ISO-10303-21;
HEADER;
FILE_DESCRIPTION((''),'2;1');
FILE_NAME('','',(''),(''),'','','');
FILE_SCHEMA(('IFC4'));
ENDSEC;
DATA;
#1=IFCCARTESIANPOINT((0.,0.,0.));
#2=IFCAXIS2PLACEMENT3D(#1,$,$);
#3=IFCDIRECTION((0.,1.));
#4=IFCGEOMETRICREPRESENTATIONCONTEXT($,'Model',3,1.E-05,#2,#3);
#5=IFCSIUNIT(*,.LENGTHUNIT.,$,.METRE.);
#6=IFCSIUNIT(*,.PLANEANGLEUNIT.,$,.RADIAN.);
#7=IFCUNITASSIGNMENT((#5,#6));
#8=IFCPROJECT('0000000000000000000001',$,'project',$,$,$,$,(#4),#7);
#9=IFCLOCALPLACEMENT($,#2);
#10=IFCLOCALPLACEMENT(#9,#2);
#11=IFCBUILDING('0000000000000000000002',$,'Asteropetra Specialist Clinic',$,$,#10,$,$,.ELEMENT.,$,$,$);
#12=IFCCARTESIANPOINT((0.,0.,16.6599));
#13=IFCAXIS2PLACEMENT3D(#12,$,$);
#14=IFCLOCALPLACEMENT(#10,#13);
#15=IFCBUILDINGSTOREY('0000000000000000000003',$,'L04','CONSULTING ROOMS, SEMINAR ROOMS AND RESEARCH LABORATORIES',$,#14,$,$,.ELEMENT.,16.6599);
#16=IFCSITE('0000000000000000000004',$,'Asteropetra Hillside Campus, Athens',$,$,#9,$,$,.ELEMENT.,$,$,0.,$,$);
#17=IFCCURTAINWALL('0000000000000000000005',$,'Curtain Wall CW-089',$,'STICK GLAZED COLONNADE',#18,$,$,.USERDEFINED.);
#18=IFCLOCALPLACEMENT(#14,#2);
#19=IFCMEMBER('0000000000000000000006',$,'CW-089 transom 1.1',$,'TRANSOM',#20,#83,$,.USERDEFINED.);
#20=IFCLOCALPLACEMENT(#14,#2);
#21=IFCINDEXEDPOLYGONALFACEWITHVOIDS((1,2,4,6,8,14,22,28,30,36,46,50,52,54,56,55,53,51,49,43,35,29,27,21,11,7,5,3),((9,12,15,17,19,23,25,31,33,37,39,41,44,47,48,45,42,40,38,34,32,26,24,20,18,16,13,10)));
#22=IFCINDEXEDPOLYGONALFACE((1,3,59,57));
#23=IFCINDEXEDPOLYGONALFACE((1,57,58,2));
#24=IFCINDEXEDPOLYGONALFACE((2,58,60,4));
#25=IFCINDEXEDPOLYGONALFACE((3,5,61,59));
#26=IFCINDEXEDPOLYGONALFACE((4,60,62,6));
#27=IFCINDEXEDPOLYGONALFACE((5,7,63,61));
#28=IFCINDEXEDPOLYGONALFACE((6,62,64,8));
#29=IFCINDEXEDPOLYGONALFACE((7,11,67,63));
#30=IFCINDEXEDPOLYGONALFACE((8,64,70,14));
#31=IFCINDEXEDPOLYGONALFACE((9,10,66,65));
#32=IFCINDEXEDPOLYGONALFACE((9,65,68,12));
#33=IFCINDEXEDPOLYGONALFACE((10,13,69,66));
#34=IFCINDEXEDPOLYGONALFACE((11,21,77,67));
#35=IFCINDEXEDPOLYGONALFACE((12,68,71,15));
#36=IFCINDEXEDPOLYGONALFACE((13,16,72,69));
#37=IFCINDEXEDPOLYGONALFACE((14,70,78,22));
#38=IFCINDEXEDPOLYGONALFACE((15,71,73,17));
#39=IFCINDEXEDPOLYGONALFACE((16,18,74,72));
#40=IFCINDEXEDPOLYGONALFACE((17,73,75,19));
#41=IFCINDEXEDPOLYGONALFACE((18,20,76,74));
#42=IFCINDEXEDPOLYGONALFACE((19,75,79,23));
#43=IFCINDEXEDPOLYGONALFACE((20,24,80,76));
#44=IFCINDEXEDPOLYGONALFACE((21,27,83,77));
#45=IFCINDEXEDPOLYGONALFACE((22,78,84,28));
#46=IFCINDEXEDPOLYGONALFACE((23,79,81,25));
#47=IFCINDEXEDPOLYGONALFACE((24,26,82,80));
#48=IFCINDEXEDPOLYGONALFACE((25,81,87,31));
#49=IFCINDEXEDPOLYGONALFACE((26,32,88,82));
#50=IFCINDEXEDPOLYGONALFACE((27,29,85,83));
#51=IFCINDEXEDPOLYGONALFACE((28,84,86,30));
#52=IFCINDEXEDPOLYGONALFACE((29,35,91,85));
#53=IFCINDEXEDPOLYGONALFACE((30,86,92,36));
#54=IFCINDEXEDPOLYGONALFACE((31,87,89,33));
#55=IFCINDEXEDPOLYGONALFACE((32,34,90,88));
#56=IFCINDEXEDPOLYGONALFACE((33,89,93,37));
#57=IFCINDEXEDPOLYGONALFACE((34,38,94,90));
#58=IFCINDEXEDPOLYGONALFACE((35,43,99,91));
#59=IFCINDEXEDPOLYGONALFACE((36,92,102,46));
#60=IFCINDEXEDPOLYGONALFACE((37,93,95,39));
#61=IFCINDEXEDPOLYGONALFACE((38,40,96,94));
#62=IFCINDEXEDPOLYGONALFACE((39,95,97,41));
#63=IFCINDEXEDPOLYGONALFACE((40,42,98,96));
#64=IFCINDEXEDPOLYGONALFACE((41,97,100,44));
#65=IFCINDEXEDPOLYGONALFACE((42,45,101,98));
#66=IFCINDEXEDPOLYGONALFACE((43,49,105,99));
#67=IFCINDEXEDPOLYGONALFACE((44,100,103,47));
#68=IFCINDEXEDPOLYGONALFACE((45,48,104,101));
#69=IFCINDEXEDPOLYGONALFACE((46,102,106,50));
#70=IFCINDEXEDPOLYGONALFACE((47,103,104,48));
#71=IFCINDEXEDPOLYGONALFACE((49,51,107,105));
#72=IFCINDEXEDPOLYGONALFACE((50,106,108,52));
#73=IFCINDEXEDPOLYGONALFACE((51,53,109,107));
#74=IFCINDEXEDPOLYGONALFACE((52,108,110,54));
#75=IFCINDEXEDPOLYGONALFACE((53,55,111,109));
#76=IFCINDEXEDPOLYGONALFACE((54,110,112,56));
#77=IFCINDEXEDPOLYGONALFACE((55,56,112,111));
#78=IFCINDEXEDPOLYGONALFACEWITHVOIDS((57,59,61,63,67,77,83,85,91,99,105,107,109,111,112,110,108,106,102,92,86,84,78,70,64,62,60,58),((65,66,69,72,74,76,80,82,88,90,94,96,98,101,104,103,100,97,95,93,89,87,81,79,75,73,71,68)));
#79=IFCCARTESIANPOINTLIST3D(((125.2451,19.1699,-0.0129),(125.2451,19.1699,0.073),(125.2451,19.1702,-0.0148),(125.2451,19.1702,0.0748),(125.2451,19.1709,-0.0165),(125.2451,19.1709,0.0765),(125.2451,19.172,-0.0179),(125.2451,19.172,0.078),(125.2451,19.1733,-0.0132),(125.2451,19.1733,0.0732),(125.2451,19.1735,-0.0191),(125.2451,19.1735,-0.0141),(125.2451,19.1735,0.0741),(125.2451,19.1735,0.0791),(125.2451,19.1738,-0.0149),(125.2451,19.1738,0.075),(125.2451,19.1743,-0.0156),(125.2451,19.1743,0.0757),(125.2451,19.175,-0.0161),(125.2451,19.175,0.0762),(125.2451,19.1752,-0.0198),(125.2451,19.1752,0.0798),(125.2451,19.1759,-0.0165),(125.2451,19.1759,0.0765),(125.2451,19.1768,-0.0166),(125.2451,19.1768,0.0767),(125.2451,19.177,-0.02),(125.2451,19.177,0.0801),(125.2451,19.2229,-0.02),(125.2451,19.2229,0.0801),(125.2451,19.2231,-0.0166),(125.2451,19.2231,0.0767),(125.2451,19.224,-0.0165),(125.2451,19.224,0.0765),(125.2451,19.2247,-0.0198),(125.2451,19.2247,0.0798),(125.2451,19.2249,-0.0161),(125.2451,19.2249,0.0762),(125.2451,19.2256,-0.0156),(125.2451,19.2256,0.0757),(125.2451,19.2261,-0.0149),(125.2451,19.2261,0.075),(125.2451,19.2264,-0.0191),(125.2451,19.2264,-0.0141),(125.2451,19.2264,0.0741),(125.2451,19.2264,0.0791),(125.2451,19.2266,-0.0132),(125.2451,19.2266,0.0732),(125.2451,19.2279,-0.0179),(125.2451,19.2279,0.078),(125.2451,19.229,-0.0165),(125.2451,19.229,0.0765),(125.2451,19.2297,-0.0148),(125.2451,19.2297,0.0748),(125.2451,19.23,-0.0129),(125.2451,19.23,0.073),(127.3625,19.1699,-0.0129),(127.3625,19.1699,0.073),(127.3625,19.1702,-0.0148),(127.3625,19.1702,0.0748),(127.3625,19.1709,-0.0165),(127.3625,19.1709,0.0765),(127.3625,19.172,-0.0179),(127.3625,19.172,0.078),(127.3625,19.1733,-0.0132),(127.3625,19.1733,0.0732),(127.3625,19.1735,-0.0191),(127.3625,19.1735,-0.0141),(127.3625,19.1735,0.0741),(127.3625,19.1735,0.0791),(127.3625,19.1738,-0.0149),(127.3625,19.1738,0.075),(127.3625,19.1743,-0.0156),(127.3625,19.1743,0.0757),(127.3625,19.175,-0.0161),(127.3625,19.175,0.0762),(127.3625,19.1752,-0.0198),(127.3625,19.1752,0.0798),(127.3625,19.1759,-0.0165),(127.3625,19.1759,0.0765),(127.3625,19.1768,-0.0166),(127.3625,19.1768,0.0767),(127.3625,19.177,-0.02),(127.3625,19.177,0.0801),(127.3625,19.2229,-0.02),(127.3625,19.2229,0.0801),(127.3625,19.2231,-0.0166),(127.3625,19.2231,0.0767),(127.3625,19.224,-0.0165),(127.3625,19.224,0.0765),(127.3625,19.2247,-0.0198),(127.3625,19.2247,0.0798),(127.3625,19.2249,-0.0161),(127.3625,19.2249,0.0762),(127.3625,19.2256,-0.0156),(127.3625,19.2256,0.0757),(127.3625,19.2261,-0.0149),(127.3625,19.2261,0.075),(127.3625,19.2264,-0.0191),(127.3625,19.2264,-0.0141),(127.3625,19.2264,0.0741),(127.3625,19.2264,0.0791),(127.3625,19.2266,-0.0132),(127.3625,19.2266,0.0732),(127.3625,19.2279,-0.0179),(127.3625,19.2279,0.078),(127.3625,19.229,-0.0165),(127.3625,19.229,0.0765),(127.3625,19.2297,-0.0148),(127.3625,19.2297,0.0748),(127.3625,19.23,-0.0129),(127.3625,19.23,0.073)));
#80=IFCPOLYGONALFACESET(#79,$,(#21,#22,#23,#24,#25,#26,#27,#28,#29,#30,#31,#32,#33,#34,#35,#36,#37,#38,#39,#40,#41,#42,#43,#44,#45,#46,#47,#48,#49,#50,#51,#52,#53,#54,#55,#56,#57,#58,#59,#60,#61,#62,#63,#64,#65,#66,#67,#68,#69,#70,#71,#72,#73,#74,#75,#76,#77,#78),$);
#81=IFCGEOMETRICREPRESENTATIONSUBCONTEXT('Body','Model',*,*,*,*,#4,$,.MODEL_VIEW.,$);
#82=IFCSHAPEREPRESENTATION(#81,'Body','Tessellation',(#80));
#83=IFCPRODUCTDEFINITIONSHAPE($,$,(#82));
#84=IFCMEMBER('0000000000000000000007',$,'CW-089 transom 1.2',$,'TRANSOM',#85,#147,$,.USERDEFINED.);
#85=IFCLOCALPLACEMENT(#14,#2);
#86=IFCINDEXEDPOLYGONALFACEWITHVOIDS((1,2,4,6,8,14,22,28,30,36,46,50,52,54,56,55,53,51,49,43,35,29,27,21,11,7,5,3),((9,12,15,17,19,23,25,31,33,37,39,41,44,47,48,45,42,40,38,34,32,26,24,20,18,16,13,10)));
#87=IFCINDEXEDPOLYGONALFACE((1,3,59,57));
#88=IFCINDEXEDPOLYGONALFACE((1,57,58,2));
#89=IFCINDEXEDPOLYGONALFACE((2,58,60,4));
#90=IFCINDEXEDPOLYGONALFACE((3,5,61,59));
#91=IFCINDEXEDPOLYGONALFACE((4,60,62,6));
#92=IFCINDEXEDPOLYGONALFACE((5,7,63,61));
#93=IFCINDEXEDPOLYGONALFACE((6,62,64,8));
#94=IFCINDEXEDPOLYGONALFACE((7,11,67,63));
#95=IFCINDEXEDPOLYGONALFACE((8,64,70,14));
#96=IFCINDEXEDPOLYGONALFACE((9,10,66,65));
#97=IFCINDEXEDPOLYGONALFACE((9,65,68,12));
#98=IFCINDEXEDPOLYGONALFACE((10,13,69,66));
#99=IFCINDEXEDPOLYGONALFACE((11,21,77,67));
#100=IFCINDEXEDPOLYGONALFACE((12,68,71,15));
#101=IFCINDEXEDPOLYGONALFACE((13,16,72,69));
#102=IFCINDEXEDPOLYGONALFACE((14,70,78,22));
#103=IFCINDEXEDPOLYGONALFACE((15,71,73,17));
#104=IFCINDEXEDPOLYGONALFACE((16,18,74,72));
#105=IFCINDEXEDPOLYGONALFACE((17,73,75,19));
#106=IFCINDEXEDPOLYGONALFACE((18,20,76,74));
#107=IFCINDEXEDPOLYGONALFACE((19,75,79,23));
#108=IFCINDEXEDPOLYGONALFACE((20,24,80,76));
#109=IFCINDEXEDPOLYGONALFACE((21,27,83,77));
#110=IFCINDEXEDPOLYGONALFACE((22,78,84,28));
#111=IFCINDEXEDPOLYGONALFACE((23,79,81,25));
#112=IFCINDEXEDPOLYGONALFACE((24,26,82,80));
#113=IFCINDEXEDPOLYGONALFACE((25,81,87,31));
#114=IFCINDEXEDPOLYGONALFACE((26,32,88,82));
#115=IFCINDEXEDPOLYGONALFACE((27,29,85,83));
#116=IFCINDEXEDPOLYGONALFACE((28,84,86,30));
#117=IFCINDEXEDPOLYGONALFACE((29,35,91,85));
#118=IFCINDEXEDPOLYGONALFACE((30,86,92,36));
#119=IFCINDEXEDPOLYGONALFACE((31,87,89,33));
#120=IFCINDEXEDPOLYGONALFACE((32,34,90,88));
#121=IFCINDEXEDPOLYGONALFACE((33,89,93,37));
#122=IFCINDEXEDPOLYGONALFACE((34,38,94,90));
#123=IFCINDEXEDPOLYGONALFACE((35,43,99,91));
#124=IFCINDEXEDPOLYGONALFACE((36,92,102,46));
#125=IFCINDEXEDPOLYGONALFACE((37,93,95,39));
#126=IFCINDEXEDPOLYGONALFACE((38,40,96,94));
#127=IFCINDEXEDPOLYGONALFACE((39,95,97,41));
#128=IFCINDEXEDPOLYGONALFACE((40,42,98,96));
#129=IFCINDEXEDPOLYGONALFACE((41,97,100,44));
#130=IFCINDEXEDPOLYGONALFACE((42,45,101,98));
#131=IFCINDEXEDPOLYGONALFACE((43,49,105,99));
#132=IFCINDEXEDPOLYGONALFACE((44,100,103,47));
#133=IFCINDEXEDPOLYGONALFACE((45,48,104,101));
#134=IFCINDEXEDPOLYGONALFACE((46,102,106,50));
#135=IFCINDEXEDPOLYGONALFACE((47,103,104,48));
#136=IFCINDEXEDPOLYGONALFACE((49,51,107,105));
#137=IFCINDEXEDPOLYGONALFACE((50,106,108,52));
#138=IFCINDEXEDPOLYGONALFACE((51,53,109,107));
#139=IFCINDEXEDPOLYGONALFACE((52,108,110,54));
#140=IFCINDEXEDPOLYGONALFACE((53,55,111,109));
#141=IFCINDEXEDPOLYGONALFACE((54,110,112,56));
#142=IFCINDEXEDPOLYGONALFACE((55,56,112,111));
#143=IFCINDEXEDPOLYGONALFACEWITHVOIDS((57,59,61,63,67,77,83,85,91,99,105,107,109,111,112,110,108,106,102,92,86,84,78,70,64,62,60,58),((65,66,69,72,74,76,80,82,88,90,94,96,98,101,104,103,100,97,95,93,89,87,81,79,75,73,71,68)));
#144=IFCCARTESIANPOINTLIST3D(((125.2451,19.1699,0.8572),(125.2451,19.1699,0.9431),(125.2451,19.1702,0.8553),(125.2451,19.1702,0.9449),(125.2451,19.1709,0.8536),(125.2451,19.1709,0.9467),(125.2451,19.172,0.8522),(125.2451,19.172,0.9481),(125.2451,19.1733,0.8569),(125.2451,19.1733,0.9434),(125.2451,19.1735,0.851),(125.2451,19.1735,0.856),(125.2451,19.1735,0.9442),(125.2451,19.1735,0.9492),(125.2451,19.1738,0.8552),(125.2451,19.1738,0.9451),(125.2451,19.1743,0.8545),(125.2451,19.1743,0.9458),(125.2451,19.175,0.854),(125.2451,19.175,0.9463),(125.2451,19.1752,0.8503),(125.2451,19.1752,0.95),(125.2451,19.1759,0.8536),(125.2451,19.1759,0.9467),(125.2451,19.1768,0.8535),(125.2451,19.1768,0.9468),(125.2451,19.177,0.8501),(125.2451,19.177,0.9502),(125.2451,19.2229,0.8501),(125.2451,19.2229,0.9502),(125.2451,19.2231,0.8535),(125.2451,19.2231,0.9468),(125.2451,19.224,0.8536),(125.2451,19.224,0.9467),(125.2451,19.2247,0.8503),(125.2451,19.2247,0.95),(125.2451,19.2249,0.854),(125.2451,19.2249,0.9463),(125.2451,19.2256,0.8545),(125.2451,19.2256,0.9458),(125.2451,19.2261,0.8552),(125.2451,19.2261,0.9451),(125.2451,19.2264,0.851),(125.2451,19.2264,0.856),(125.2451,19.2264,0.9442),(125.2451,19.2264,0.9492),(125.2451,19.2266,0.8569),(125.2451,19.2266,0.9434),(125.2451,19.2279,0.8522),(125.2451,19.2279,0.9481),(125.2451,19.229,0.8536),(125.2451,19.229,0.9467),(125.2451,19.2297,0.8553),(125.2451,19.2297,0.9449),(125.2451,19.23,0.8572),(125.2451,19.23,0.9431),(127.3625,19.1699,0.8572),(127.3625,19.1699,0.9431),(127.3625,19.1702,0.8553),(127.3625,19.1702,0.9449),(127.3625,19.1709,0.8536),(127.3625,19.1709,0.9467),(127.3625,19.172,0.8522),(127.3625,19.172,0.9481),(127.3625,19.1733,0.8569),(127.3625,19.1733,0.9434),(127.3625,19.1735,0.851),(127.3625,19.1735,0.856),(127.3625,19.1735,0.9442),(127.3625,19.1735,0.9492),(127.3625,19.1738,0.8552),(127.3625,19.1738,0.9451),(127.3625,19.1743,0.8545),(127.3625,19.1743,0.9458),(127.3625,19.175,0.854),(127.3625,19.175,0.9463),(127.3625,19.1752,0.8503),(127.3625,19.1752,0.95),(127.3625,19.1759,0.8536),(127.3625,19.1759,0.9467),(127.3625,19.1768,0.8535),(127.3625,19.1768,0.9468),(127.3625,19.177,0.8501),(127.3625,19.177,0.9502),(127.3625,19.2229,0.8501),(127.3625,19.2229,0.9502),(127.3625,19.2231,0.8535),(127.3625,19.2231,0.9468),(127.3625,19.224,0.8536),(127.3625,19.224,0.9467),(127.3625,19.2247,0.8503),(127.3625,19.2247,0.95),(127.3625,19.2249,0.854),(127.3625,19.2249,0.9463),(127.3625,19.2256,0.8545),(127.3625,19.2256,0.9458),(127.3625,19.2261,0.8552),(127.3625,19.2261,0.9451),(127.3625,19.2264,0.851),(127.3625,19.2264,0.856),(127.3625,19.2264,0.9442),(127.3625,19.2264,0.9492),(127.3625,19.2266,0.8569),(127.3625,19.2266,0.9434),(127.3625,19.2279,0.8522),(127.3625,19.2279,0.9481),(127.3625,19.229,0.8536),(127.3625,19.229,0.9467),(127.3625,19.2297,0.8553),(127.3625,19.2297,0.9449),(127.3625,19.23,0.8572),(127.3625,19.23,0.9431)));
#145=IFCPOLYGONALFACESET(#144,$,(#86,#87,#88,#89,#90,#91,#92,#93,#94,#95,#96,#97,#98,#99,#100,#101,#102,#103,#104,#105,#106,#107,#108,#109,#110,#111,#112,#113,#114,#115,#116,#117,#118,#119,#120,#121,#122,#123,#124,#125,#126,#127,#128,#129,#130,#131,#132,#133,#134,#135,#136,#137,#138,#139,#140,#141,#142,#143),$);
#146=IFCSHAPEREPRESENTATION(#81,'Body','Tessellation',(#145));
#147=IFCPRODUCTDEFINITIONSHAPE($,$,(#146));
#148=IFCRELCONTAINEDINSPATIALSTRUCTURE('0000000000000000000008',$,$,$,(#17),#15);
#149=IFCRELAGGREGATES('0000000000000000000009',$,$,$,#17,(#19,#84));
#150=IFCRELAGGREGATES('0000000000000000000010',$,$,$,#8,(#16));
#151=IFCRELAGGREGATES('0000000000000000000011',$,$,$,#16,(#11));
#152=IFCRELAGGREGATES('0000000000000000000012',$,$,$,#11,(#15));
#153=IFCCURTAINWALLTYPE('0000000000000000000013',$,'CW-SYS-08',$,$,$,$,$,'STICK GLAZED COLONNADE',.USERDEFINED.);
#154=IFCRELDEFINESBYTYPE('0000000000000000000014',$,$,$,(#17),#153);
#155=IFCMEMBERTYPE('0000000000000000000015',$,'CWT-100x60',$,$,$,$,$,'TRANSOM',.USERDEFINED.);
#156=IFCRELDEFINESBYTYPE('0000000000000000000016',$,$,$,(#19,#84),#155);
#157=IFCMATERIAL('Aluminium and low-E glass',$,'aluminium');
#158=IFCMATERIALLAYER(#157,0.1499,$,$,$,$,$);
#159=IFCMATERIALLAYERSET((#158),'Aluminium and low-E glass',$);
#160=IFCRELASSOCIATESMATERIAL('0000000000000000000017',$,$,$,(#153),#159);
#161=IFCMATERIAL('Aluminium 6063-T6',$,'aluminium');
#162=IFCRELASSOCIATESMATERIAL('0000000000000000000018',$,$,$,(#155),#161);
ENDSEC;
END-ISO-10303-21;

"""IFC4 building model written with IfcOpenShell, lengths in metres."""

from ifc_helpers import new_model, si_unit, direction, frame, origin, origin_2d, place, context, subcontext, project, spatial, hollow_rectangle, extrude, material, layer, layer_set, material_profile, profile_set, type_object, element, aggregate, save


model = new_model("IFC4")

# Units and contexts
model_context = context("Model", 3, precision=1e-05, world=origin(), true_north=direction((0.0, 1.0)))
body_context = subcontext(model_context, "Body", "Model", "MODEL_VIEW")
ifc_project = project(units=[si_unit("LENGTHUNIT", "METRE"), si_unit("PLANEANGLEUNIT", "RADIAN")], contexts=[model_context])

# Site, building, storey
site_placement = place(None, origin())
site = spatial("IfcSite", under=ifc_project, at=site_placement, Name="Asteropetra Hillside Campus, Athens", CompositionType="ELEMENT", RefElevation=0.0)
building_placement = place(site_placement, origin())
building = spatial("IfcBuilding", under=site, at=building_placement, Name="Asteropetra Specialist Clinic", CompositionType="ELEMENT")
storey_placement = place(building_placement, frame((0.0, 0.0, 16.6599)))
storey = spatial("IfcBuildingStorey", under=building, at=storey_placement, Name="L04", Description="CONSULTING ROOMS, SEMINAR ROOMS AND RESEARCH LABORATORIES", CompositionType="ELEMENT", Elevation=16.6599)

# Curtain wall
ifc_material_1 = material(Name="Aluminium and low-E glass", Category="aluminium")
ifc_layer_1 = layer(ifc_material_1, 0.1499)
ifc_layer_set_1 = layer_set([ifc_layer_1], Name="Aluminium and low-E glass")
curtain_wall_type_1 = type_object("IfcCurtainWallType", Name="CW-SYS-08", ElementType="STICK GLAZED COLONNADE", PredefinedType="USERDEFINED", material=ifc_layer_set_1)
curtain_wall_1_placement = place(storey_placement, origin())
curtain_wall_1 = element("IfcCurtainWall", 1, at=curtain_wall_1_placement, inside=storey, type_object=curtain_wall_type_1, Name="Curtain Wall CW-089", ObjectType="STICK GLAZED COLONNADE", PredefinedType="USERDEFINED")

# Members
ifc_material_2 = material(Name="Aluminium 6063-T6", Category="aluminium")
ifc_material_profile_1 = material_profile(ifc_material_2, hollow_rectangle(XDim=0.0601, YDim=0.1001, WallThickness=0.0034, InnerFilletRadius=0.0034, OuterFilletRadius=0.0071, at=origin_2d()), Name="TRN 100x60x3.5")
ifc_profile_set_1 = profile_set([ifc_material_profile_1], Name="Aluminium 6063-T6")
member_type_1 = type_object("IfcMemberType", Name="CWT-100x60", ElementType="TRANSOM", PredefinedType="USERDEFINED", material=ifc_profile_set_1)
member_1_placement = place(storey_placement, frame((125.2451, 19.2, 0.03), z_axis=(1.0, 0.0, 0.0), x_axis=(0.0, 1.0, 0.0)))
member_1 = element("IfcMember", 2, at=member_1_placement, type_object=member_type_1, Name="CW-089 transom 1.1", ObjectType="TRANSOM", PredefinedType="USERDEFINED", context=body_context, shape_type="SweptSolid", body=[
    extrude(hollow_rectangle(XDim=0.0601, YDim=0.1001, WallThickness=0.0034, InnerFilletRadius=0.0034, OuterFilletRadius=0.0071, at=origin_2d()), origin(), (0.0, 0.0, 1.0), 2.1174),
])
member_2_placement = place(storey_placement, frame((125.2451, 19.2, 0.9001), z_axis=(1.0, 0.0, 0.0), x_axis=(0.0, 1.0, 0.0)))
member_2 = element("IfcMember", 3, at=member_2_placement, type_object=member_type_1, Name="CW-089 transom 1.2", ObjectType="TRANSOM", PredefinedType="USERDEFINED", context=body_context, shape_type="SweptSolid", body=[
    extrude(hollow_rectangle(XDim=0.0601, YDim=0.1001, WallThickness=0.0034, InnerFilletRadius=0.0034, OuterFilletRadius=0.0071, at=origin_2d()), origin(), (0.0, 0.0, 1.0), 2.1174),
])
aggregate(curtain_wall_1, [member_1, member_2])

save(model, "model.ifc")
